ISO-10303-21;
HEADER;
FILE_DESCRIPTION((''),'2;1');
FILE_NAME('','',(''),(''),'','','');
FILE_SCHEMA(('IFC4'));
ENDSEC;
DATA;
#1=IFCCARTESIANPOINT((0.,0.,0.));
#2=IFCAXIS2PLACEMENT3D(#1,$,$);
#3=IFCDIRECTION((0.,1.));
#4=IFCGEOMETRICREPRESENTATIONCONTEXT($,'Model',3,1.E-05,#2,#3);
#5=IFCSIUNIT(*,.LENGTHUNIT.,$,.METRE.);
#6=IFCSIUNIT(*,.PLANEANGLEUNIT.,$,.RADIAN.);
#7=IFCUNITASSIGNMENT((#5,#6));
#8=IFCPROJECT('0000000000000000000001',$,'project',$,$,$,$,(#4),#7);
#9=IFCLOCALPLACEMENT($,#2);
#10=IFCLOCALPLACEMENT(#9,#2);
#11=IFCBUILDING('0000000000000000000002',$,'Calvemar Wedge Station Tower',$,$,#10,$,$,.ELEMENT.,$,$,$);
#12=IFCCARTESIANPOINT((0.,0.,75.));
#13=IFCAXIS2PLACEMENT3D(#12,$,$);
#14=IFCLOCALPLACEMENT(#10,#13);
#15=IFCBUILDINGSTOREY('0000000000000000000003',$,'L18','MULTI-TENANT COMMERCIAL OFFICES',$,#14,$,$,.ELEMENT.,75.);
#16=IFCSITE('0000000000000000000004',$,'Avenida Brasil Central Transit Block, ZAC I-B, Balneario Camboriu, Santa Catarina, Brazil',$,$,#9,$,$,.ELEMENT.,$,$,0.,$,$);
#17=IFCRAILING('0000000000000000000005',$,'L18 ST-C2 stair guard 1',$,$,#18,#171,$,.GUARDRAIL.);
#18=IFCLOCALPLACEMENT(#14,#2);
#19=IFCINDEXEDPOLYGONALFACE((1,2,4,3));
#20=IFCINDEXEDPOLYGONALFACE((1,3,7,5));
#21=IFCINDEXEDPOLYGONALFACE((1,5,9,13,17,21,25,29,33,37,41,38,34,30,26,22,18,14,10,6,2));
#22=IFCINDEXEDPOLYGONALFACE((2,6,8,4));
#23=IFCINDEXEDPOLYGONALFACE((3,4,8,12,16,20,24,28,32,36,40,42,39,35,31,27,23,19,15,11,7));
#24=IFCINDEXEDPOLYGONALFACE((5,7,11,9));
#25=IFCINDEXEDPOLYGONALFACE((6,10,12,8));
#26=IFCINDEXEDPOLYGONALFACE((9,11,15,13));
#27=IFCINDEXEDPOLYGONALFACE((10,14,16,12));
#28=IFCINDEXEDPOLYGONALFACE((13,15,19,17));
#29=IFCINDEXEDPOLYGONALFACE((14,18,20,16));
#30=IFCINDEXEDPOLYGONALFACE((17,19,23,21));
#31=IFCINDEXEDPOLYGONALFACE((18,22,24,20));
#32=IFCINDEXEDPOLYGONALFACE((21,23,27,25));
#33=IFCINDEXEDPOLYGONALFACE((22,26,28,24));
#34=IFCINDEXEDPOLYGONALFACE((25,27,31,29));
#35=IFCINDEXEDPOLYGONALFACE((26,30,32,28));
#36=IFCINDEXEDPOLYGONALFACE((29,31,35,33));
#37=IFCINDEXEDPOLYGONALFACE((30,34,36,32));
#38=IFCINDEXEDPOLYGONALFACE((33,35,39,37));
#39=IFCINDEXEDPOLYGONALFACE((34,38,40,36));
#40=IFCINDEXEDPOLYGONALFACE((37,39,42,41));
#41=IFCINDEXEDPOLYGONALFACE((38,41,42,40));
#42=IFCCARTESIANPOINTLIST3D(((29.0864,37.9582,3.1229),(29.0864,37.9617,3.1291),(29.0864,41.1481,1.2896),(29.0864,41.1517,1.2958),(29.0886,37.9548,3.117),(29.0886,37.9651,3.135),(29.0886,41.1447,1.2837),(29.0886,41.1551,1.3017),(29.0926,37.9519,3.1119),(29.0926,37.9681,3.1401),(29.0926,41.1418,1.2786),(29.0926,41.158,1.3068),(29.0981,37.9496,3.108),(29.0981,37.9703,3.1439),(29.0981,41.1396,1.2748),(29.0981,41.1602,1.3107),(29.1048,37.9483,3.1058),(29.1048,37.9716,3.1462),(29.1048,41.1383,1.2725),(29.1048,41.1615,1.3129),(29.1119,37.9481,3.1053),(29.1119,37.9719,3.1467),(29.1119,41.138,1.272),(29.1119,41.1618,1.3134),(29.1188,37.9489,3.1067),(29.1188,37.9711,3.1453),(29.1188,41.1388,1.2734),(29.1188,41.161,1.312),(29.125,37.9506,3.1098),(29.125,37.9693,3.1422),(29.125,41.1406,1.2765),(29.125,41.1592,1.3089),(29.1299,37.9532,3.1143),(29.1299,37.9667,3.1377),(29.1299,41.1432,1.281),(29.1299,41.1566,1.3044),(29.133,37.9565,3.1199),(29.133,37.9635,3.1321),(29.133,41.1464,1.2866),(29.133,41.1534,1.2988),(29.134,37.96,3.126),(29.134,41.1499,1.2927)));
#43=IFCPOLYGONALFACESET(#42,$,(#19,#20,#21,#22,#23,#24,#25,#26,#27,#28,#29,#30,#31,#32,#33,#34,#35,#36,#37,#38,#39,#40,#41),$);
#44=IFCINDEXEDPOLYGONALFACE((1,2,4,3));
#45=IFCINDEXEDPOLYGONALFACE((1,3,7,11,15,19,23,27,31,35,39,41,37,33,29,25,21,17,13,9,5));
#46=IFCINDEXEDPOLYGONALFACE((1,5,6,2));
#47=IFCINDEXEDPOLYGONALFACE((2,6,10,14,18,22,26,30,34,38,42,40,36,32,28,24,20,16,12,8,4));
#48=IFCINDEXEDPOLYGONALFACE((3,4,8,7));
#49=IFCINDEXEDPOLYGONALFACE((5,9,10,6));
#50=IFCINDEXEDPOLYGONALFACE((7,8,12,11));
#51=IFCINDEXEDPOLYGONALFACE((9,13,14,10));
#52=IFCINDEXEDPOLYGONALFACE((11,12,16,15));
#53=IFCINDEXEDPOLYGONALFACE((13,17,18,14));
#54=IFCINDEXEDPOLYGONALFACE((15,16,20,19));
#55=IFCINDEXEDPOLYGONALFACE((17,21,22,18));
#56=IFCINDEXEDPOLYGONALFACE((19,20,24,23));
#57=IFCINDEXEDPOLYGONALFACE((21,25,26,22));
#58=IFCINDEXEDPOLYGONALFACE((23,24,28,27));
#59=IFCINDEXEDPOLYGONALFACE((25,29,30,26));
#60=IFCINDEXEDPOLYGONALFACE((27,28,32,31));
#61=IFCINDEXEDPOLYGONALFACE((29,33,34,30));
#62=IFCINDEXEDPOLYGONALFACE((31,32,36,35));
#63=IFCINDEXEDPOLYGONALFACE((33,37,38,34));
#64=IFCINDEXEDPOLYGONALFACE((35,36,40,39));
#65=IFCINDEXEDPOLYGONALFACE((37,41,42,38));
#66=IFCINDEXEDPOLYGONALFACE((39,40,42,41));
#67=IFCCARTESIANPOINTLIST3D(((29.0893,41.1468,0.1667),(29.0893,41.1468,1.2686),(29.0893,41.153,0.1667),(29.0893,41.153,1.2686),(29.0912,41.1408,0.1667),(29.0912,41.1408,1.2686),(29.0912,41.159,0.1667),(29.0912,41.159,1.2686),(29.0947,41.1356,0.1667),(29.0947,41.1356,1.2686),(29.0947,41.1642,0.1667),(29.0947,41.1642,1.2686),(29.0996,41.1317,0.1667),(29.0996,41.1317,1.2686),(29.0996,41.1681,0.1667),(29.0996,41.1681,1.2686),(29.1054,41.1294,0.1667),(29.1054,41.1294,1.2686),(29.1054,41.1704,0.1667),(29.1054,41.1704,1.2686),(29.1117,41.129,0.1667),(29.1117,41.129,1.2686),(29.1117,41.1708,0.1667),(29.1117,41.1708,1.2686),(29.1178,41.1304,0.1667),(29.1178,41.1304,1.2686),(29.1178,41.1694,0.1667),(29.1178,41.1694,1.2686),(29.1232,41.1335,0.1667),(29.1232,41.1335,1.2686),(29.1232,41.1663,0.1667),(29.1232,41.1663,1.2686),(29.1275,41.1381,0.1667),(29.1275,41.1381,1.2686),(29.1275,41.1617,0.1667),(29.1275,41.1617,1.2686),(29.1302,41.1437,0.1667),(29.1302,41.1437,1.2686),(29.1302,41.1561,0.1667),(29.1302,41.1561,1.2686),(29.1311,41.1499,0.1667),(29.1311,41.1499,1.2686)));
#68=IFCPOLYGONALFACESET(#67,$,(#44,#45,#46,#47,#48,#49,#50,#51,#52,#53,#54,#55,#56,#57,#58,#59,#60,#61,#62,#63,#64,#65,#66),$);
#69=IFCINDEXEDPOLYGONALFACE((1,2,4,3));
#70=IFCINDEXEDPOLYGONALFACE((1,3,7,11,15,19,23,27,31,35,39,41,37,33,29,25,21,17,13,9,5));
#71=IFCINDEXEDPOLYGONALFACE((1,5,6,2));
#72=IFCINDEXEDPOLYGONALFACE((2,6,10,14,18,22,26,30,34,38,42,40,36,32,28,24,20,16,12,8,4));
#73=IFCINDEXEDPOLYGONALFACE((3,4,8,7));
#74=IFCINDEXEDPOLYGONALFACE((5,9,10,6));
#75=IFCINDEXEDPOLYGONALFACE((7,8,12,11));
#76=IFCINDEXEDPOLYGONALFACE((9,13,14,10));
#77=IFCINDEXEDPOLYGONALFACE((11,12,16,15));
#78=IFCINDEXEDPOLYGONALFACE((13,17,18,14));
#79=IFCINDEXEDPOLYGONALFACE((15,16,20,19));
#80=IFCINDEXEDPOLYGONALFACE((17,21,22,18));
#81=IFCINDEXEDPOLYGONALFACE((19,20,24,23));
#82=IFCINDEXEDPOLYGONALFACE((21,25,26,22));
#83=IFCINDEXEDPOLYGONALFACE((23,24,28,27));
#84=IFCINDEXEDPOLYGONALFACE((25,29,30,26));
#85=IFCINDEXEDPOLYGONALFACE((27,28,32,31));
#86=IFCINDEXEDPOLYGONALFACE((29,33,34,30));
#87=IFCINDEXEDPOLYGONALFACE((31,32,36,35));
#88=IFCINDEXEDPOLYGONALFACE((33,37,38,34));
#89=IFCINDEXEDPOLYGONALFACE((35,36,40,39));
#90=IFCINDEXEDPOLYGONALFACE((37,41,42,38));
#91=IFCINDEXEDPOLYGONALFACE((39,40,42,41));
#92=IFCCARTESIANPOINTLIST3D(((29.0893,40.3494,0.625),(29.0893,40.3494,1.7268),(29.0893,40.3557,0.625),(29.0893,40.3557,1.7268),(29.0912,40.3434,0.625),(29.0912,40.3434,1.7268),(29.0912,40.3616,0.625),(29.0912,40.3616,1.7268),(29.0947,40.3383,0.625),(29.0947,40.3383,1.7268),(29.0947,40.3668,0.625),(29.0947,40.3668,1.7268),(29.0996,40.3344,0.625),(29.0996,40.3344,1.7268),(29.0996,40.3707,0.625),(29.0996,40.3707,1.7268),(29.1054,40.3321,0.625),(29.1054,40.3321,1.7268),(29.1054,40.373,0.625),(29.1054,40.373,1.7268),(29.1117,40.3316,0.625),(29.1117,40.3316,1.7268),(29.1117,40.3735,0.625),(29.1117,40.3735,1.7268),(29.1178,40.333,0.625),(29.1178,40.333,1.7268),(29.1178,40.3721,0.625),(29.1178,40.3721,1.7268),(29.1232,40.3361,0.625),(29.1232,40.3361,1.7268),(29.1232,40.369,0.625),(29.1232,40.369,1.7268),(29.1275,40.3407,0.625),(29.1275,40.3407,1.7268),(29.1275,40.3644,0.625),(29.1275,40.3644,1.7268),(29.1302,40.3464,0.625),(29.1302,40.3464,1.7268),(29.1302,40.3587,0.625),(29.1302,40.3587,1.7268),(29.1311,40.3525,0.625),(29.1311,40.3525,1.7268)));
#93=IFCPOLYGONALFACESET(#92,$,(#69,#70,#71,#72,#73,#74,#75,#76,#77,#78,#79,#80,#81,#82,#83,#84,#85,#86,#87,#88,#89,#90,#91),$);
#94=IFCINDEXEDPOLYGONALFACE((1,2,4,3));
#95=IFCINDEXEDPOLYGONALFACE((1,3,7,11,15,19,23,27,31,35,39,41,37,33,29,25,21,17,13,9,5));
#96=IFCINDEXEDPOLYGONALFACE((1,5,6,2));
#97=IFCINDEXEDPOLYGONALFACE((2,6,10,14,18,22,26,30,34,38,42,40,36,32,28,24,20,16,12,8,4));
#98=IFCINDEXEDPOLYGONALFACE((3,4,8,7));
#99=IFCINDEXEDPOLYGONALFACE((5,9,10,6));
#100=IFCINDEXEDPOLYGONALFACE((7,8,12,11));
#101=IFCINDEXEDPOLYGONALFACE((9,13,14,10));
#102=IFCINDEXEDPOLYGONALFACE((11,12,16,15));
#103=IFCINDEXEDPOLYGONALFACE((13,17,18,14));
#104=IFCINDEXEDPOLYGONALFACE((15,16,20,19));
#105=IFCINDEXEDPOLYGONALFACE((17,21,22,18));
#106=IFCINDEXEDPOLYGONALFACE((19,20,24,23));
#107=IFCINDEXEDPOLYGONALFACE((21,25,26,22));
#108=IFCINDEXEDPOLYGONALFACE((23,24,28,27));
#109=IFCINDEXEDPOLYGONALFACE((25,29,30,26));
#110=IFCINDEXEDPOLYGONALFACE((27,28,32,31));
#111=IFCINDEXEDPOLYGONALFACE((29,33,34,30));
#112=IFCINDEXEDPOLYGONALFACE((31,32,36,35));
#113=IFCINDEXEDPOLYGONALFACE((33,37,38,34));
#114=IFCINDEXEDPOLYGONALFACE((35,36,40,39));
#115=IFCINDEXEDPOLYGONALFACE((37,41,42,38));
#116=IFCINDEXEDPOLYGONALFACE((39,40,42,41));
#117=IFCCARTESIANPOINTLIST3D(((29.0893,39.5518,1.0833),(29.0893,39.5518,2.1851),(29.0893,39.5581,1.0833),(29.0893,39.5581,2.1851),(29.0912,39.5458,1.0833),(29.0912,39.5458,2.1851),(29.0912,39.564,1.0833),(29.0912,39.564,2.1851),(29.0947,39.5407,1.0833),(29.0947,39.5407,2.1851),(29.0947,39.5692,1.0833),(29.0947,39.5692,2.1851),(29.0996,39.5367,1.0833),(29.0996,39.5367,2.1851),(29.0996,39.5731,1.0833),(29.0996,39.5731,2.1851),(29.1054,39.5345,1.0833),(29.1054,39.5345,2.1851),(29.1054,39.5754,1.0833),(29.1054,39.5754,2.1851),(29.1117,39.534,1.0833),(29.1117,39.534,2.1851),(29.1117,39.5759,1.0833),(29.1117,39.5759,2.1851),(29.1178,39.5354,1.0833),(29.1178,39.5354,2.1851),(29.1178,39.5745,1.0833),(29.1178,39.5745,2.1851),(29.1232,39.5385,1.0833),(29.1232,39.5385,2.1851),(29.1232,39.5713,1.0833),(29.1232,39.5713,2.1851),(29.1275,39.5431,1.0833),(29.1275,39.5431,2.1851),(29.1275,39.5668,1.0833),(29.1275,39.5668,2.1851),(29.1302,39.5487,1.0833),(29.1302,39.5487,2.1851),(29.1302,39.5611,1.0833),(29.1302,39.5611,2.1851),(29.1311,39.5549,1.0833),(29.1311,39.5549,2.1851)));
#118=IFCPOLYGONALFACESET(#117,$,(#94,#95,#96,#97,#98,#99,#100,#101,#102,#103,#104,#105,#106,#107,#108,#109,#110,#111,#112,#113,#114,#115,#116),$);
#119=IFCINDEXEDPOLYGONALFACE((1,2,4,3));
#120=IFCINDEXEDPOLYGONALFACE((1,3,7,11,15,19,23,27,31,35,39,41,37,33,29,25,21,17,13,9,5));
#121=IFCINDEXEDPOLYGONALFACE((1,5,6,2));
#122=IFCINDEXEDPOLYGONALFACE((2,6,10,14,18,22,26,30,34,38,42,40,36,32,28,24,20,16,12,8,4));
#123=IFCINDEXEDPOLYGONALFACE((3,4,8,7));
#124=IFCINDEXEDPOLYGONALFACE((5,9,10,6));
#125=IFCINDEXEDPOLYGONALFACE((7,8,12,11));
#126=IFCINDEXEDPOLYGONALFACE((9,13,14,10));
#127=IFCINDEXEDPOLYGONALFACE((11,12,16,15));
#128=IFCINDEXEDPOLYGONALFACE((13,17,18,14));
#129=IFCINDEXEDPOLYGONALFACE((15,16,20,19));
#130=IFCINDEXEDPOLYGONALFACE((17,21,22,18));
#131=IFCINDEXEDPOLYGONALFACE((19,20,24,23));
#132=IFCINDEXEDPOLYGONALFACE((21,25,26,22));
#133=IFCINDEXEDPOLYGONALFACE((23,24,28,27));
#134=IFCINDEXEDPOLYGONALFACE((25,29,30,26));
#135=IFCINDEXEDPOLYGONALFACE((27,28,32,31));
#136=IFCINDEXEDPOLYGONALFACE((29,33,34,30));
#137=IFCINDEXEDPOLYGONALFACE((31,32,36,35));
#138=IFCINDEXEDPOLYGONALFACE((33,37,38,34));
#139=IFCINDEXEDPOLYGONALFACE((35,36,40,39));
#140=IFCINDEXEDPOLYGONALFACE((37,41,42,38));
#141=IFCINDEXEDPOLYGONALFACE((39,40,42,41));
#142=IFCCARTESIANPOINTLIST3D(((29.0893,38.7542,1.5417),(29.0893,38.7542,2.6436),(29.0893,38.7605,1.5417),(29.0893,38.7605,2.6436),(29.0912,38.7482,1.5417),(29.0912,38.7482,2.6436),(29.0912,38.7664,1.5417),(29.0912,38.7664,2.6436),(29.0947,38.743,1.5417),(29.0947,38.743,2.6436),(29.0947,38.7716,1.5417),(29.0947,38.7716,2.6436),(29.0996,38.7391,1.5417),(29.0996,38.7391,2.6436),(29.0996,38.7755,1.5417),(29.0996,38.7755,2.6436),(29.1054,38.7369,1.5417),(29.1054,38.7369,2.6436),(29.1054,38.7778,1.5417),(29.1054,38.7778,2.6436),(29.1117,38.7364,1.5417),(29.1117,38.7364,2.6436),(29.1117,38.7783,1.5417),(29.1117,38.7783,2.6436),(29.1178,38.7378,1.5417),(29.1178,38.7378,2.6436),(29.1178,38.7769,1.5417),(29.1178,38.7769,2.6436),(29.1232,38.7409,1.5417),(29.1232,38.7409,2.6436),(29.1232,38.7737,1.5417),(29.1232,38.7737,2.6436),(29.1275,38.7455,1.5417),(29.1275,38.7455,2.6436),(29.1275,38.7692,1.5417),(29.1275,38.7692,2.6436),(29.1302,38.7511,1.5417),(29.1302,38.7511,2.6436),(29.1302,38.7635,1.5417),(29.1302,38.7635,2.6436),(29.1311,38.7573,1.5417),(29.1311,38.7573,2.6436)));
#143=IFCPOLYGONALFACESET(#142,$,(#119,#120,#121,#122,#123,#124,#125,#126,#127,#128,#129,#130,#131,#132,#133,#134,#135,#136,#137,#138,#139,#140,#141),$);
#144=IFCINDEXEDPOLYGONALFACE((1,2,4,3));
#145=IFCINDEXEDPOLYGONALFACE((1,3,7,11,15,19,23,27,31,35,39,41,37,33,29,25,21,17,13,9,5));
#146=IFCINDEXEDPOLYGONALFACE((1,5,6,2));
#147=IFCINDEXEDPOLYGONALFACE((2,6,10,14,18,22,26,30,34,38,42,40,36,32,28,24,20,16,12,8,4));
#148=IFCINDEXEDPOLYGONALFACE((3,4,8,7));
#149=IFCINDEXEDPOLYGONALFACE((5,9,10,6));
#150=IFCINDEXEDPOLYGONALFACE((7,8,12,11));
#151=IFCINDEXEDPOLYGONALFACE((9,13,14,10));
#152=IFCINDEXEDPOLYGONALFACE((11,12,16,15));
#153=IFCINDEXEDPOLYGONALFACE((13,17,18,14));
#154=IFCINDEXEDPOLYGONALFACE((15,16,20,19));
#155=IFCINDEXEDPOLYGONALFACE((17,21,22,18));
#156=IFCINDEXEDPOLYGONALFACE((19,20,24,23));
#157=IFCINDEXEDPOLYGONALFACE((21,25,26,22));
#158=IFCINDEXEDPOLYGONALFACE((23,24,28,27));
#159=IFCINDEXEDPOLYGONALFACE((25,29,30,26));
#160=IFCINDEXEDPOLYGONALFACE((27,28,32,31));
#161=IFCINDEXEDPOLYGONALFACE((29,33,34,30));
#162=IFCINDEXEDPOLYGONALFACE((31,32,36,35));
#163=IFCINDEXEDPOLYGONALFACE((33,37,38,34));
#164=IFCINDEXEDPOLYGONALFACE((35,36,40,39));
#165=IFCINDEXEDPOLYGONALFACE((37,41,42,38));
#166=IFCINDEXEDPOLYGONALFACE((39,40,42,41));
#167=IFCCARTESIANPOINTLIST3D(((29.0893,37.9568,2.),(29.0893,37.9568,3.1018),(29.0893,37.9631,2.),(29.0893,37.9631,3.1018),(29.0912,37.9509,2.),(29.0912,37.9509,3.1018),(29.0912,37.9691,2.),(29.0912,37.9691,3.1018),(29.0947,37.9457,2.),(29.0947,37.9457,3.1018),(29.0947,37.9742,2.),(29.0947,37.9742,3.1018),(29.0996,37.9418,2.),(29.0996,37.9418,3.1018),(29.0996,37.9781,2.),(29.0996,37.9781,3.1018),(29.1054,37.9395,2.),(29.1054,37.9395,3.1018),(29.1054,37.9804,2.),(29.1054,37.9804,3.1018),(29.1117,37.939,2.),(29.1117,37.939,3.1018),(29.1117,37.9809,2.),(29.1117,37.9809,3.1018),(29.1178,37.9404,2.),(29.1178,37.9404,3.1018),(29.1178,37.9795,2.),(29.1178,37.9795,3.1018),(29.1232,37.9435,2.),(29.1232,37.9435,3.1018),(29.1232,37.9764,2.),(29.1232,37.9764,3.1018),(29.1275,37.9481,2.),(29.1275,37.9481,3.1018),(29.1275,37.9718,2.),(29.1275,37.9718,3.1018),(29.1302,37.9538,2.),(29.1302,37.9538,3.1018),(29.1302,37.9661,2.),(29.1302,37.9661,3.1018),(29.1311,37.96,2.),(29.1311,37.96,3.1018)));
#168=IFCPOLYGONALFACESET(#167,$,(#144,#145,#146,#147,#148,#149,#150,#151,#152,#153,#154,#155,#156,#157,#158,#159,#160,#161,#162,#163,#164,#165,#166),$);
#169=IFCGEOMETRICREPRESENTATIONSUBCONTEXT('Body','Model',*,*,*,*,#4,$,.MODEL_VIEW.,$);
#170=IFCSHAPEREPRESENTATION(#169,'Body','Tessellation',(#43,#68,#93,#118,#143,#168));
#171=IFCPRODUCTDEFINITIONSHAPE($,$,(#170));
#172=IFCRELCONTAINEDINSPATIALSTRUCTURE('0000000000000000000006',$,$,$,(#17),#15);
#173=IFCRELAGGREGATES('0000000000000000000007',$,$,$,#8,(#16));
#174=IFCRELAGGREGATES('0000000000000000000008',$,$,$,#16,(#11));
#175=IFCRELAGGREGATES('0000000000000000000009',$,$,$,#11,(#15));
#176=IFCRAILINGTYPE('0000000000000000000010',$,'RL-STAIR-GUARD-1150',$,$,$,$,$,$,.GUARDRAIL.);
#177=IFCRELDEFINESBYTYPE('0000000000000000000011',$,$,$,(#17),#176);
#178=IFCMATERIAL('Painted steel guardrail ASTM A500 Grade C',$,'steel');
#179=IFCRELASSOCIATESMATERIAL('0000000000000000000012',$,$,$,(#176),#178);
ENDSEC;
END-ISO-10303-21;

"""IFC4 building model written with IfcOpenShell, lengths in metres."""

from ifc_helpers import new_model, si_unit, direction, frame, origin, origin_2d, place, context, subcontext, project, spatial, circle, extrude, material, type_object, element, save


model = new_model("IFC4")

# Units and contexts
model_context = context("Model", 3, precision=1e-05, world=origin(), true_north=direction((0.0, 1.0)))
body_context = subcontext(model_context, "Body", "Model", "MODEL_VIEW")
ifc_project = project(units=[si_unit("LENGTHUNIT", "METRE"), si_unit("PLANEANGLEUNIT", "RADIAN")], contexts=[model_context])

# Site, building, storey
site_placement = place(None, origin())
site = spatial("IfcSite", under=ifc_project, at=site_placement, Name="Avenida Brasil Central Transit Block, ZAC I-B, Balneario Camboriu, Santa Catarina, Brazil", CompositionType="ELEMENT", RefElevation=0.0)
building_placement = place(site_placement, origin())
building = spatial("IfcBuilding", under=site, at=building_placement, Name="Calvemar Wedge Station Tower", CompositionType="ELEMENT")
storey_placement = place(building_placement, frame((0.0, 0.0, 75.0)))
storey = spatial("IfcBuildingStorey", under=building, at=storey_placement, Name="L18", Description="MULTI-TENANT COMMERCIAL OFFICES", CompositionType="ELEMENT", Elevation=75.0)

# Railing
ifc_material_1 = material(Name="Painted steel guardrail ASTM A500 Grade C", Category="steel")
railing_type_1 = type_object("IfcRailingType", Name="RL-STAIR-GUARD-1150", PredefinedType="GUARDRAIL", material=ifc_material_1)
railing_1_placement = place(storey_placement, frame((29.1101, 41.1499, 0.1667)))
element("IfcRailing", 1, at=railing_1_placement, inside=storey, type_object=railing_type_1, Name="L18 ST-C2 stair guard 1", PredefinedType="GUARDRAIL", context=body_context, shape_type="SweptSolid", body=[
    extrude(circle(Radius=0.0239, at=origin_2d()), frame((0.0, 0.0, 1.126), z_axis=(0.0, -0.86702, 0.498274), x_axis=(1.0, 0.0, 0.0)), (0.0, 0.0, 1.0), 3.6792),
    extrude(circle(Radius=0.021, at=origin_2d()), origin(), (0.0, 0.0, 1.0), 1.1018),
    extrude(circle(Radius=0.021, at=origin_2d()), frame((0.0, -0.7974, 0.4583)), (0.0, 0.0, 1.0), 1.1018),
    extrude(circle(Radius=0.021, at=origin_2d()), frame((0.0, -1.595, 0.9165)), (0.0, 0.0, 1.0), 1.1018),
    extrude(circle(Radius=0.021, at=origin_2d()), frame((0.0, -2.3926, 1.375)), (0.0, 0.0, 1.0), 1.1018),
    extrude(circle(Radius=0.021, at=origin_2d()), frame((0.0, -3.1899, 1.8333)), (0.0, 0.0, 1.0), 1.1018),
])

save(model, "model.ifc")
